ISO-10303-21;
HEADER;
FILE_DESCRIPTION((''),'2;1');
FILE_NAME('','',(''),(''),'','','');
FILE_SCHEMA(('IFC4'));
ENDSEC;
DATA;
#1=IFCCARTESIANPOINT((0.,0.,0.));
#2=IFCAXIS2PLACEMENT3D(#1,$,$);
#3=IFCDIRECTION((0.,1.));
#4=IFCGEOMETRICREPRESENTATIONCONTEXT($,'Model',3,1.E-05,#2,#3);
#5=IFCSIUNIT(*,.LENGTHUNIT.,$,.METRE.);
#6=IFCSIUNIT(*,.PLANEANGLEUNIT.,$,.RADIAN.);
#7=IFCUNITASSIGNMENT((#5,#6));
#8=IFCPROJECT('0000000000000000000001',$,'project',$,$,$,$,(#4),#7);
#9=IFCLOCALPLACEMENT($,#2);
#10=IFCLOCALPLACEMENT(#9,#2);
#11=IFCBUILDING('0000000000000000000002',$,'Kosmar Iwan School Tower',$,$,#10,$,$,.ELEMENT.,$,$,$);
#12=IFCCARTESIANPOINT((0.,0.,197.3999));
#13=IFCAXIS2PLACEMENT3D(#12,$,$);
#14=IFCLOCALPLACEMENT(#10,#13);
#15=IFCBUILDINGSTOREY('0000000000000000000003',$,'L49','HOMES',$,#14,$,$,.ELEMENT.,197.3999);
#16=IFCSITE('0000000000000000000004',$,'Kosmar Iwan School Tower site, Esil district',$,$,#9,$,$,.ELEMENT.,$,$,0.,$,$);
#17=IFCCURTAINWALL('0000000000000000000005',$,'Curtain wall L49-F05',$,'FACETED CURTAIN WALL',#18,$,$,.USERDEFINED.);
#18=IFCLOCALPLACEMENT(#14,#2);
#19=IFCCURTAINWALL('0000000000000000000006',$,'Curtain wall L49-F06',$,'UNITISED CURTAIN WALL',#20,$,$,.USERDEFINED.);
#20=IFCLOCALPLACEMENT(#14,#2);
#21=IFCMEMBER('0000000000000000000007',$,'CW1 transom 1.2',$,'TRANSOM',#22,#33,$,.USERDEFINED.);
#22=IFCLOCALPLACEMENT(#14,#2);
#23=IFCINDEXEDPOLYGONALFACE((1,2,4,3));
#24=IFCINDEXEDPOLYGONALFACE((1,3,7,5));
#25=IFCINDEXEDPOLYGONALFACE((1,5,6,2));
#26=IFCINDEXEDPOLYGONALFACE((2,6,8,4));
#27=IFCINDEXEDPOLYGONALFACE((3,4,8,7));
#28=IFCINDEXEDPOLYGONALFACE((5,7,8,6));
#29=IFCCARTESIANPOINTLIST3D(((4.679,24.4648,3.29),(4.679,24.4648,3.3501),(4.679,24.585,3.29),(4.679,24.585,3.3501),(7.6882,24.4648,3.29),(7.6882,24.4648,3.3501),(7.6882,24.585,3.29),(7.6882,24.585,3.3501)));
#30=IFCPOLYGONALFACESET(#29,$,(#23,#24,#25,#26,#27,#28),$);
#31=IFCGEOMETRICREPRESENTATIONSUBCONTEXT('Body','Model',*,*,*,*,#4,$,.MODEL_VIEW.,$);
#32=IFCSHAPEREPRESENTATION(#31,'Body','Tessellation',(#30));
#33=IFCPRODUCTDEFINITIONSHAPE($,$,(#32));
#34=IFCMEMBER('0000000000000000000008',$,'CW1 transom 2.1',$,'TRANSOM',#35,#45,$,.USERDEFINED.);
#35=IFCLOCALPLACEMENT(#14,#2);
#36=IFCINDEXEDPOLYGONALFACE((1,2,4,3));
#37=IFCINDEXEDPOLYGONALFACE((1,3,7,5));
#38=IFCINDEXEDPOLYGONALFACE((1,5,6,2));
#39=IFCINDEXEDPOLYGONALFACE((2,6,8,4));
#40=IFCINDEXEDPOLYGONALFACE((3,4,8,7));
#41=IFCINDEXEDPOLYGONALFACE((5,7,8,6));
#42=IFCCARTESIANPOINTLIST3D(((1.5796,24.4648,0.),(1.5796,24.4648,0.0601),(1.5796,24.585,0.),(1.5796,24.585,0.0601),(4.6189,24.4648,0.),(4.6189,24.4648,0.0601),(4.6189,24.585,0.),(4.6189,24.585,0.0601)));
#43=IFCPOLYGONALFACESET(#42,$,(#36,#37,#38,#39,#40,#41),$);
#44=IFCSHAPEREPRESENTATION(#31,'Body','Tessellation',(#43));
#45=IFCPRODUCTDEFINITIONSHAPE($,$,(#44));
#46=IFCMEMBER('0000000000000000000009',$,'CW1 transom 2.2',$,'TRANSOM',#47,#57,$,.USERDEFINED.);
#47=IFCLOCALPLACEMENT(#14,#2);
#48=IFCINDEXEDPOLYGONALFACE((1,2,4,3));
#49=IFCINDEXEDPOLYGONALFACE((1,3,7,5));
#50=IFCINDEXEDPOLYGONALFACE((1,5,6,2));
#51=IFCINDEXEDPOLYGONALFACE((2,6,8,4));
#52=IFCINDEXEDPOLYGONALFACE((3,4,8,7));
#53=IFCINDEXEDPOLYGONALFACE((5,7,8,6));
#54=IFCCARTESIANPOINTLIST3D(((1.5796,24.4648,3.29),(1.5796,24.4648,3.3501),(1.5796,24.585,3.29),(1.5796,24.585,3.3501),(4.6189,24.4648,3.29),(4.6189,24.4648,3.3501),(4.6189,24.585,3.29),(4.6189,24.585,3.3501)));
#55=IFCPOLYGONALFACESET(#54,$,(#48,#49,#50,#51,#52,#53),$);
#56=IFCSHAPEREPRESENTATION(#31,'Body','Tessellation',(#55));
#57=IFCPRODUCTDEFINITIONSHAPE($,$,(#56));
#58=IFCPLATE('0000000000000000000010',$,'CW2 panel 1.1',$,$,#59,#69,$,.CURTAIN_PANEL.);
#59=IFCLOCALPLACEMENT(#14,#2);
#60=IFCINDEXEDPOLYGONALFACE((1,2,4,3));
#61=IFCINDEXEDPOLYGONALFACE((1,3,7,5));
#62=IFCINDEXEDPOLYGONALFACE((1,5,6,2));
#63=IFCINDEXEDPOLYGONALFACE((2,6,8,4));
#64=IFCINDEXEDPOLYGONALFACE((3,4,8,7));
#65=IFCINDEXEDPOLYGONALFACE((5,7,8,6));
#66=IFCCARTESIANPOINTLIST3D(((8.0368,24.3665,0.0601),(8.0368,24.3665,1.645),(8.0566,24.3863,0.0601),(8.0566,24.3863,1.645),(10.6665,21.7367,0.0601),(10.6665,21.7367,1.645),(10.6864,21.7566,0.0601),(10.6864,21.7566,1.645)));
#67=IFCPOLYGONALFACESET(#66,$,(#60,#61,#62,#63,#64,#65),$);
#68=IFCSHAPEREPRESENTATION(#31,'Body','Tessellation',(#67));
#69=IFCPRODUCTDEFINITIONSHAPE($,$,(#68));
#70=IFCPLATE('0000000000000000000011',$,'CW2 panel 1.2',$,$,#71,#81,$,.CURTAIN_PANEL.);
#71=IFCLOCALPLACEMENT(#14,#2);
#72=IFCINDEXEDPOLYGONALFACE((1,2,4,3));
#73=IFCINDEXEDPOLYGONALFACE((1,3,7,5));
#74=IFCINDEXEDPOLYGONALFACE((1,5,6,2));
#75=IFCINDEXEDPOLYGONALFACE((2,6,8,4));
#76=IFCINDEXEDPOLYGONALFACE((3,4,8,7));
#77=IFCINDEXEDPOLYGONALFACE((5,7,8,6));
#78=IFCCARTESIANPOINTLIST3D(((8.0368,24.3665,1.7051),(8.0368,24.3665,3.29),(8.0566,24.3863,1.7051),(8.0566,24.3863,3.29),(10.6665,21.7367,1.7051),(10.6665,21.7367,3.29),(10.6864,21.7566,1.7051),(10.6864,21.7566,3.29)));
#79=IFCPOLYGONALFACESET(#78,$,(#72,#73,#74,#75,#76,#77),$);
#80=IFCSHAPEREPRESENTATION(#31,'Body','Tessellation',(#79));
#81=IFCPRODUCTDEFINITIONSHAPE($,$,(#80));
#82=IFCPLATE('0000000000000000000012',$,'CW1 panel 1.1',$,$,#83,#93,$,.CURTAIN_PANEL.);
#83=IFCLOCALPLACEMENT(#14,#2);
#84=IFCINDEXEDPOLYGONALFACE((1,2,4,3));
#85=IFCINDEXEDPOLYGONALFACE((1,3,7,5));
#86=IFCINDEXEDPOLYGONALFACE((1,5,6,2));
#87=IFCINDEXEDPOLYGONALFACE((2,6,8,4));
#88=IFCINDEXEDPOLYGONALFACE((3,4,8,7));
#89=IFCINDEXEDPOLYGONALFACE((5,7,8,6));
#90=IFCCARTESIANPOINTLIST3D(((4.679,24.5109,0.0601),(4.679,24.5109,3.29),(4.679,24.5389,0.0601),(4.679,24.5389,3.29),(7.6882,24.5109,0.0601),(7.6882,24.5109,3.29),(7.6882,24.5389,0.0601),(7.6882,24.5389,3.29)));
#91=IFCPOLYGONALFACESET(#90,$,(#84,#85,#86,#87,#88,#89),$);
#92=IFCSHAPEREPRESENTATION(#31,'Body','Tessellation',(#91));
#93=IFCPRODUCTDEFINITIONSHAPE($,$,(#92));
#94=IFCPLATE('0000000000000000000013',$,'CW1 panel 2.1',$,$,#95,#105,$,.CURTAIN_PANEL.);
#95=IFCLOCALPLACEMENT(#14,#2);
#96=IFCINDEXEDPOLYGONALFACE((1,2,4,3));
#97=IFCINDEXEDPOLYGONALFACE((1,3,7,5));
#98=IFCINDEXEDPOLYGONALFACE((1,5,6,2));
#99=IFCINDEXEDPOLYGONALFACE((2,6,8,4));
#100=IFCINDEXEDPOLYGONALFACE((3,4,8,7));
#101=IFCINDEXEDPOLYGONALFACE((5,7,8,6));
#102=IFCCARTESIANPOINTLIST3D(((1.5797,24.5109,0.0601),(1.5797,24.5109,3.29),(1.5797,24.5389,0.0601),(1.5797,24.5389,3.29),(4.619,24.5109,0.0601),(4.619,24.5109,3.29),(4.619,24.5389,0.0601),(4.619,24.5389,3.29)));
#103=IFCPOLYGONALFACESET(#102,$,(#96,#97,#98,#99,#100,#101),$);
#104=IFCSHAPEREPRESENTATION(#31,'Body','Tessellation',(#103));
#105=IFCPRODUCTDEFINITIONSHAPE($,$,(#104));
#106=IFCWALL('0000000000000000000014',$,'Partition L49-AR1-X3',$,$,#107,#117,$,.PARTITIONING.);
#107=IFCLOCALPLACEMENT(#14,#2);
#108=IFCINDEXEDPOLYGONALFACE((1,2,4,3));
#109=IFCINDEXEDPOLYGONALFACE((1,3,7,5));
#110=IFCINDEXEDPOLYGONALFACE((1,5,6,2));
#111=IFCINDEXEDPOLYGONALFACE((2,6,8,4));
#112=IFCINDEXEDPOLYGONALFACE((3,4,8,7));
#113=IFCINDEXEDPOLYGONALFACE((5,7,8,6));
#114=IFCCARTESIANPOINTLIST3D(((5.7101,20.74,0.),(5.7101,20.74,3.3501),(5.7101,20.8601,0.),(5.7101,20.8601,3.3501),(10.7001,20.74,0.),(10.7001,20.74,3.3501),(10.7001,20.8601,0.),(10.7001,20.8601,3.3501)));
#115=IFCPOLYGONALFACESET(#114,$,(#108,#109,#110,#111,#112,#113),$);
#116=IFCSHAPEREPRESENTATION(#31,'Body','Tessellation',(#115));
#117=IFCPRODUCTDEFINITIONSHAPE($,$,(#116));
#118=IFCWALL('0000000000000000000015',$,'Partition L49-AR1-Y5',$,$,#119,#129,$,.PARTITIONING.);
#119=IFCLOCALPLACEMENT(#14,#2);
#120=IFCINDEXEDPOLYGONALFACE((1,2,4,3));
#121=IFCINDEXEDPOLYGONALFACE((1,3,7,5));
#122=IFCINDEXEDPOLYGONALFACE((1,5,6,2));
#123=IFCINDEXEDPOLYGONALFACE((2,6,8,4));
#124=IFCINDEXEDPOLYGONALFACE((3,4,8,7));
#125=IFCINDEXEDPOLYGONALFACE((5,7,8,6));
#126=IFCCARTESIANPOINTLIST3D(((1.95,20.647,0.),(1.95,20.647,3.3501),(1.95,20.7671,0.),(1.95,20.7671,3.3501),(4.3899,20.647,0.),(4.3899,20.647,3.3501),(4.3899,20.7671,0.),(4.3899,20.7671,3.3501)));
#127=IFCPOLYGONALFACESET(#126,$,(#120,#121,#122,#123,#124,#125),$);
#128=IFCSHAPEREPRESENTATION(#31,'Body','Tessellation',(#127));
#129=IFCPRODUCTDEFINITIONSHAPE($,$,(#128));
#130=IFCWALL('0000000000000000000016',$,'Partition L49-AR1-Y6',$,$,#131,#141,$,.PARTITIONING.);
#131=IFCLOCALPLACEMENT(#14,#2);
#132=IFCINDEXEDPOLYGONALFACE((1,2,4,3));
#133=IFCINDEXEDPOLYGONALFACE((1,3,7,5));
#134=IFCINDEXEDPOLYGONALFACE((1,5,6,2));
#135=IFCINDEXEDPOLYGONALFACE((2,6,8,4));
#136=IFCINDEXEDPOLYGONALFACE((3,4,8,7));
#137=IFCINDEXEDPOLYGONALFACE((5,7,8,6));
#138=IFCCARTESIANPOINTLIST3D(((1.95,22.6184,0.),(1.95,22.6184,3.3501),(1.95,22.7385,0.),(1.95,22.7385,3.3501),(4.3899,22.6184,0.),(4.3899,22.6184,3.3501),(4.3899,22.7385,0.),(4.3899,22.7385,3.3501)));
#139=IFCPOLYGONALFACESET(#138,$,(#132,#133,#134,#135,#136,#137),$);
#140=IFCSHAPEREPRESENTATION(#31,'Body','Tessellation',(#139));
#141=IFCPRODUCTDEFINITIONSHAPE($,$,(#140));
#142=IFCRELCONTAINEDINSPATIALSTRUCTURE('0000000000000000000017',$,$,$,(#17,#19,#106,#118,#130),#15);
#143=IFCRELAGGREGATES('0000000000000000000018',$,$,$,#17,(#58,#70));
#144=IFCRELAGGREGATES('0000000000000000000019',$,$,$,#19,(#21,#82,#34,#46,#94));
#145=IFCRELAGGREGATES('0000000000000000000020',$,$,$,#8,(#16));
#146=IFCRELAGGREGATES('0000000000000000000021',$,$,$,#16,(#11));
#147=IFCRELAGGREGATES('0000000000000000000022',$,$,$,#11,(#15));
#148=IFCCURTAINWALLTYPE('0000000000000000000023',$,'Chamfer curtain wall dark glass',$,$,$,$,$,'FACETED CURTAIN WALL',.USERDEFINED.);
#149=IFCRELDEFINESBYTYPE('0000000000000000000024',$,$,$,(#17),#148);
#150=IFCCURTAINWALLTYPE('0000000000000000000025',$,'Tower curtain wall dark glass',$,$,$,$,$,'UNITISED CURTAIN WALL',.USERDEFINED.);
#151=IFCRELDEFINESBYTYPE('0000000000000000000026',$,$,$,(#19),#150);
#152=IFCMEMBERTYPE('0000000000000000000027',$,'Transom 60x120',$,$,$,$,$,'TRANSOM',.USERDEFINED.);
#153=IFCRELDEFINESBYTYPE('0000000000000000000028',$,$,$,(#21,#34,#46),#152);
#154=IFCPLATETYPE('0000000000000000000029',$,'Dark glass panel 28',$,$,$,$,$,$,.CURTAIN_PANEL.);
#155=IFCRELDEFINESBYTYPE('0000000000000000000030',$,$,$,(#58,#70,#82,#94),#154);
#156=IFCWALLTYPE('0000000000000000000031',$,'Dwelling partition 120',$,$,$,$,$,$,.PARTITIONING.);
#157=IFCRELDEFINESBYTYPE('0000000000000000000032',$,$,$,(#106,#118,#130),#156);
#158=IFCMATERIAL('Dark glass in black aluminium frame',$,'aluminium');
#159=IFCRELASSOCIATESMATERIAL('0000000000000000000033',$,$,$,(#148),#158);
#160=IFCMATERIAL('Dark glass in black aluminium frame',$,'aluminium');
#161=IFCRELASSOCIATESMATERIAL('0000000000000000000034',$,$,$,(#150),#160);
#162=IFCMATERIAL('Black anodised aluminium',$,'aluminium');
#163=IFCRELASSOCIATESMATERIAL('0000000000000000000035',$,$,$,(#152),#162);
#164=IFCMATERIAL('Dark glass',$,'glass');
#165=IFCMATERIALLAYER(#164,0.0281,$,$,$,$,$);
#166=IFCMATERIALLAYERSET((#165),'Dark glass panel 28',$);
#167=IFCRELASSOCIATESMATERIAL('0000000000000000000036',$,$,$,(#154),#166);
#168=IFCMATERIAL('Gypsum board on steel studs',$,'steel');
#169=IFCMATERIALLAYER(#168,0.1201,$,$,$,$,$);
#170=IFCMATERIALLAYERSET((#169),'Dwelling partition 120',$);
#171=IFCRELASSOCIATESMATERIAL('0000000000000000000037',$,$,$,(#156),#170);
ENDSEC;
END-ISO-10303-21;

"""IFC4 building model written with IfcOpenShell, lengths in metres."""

from ifc_helpers import new_model, si_unit, direction, frame, frame_2d, origin, origin_2d, place, context, subcontext, project, spatial, rectangle, extrude, material, layer, layer_set, material_profile, profile_set, type_object, element, aggregate, save


model = new_model("IFC4")

# Units and contexts
model_context = context("Model", 3, precision=1e-05, world=origin(), true_north=direction((0.0, 1.0)))
body_context = subcontext(model_context, "Body", "Model", "MODEL_VIEW")
ifc_project = project(units=[si_unit("LENGTHUNIT", "METRE"), si_unit("PLANEANGLEUNIT", "RADIAN")], contexts=[model_context])

# Site, building, storey
site_placement = place(None, origin())
site = spatial("IfcSite", under=ifc_project, at=site_placement, Name="Kosmar Iwan School Tower site, Esil district", CompositionType="ELEMENT", RefElevation=0.0)
building_placement = place(site_placement, origin())
building = spatial("IfcBuilding", under=site, at=building_placement, Name="Kosmar Iwan School Tower", CompositionType="ELEMENT")
storey_placement = place(building_placement, frame((0.0, 0.0, 197.3999)))
storey = spatial("IfcBuildingStorey", under=building, at=storey_placement, Name="L49", Description="HOMES", CompositionType="ELEMENT", Elevation=197.3999)

# Curtain walls
ifc_material_1 = material(Name="Dark glass in black aluminium frame", Category="aluminium")
curtain_wall_type_1 = type_object("IfcCurtainWallType", Name="Chamfer curtain wall dark glass", ElementType="FACETED CURTAIN WALL", PredefinedType="USERDEFINED", material=ifc_material_1)
curtain_wall_1_placement = place(storey_placement, origin())
curtain_wall_1 = element("IfcCurtainWall", 1, at=curtain_wall_1_placement, inside=storey, type_object=curtain_wall_type_1, Name="Curtain wall L49-F05", ObjectType="FACETED CURTAIN WALL", PredefinedType="USERDEFINED")
ifc_material_2 = material(Name="Dark glass in black aluminium frame", Category="aluminium")
curtain_wall_type_2 = type_object("IfcCurtainWallType", Name="Tower curtain wall dark glass", ElementType="UNITISED CURTAIN WALL", PredefinedType="USERDEFINED", material=ifc_material_2)
curtain_wall_2_placement = place(storey_placement, origin())
curtain_wall_2 = element("IfcCurtainWall", 2, at=curtain_wall_2_placement, inside=storey, type_object=curtain_wall_type_2, Name="Curtain wall L49-F06", ObjectType="UNITISED CURTAIN WALL", PredefinedType="USERDEFINED")

# Members
ifc_material_3 = material(Name="Black anodised aluminium", Category="aluminium")
ifc_material_profile_1 = material_profile(ifc_material_3, rectangle(XDim=0.1201, YDim=0.0601, at=origin_2d()), Name="TRANSOM 60x120")
ifc_profile_set_1 = profile_set([ifc_material_profile_1], Name="Black anodised aluminium")
member_type_1 = type_object("IfcMemberType", Name="Transom 60x120", ElementType="TRANSOM", PredefinedType="USERDEFINED", material=ifc_profile_set_1)
member_1_placement = place(storey_placement, frame((7.6882, 24.5249, 3.3201), z_axis=(-1.0, 0.0, 0.0), x_axis=(0.0, -1.0, 0.0)))
member_1 = element("IfcMember", 3, at=member_1_placement, type_object=member_type_1, Name="CW1 transom 1.2", ObjectType="TRANSOM", PredefinedType="USERDEFINED", context=body_context, shape_type="SweptSolid", body=[
    extrude(rectangle(XDim=0.1201, YDim=0.0601, at=origin_2d()), origin(), (0.0, 0.0, 1.0), 3.0093),
])
member_2_placement = place(storey_placement, frame((4.6189, 24.5249, 0.03), z_axis=(-1.0, 0.0, 0.0), x_axis=(0.0, -1.0, 0.0)))
member_2 = element("IfcMember", 4, at=member_2_placement, type_object=member_type_1, Name="CW1 transom 2.1", ObjectType="TRANSOM", PredefinedType="USERDEFINED", context=body_context, shape_type="SweptSolid", body=[
    extrude(rectangle(XDim=0.1201, YDim=0.0601, at=origin_2d()), origin(), (0.0, 0.0, 1.0), 3.0393),
])
member_3_placement = place(storey_placement, frame((4.6189, 24.5249, 3.3201), z_axis=(-1.0, 0.0, 0.0), x_axis=(0.0, -1.0, 0.0)))
member_3 = element("IfcMember", 5, at=member_3_placement, type_object=member_type_1, Name="CW1 transom 2.2", ObjectType="TRANSOM", PredefinedType="USERDEFINED", context=body_context, shape_type="SweptSolid", body=[
    extrude(rectangle(XDim=0.1201, YDim=0.0601, at=origin_2d()), origin(), (0.0, 0.0, 1.0), 3.0393),
])

# Plates
ifc_material_4 = material(Name="Dark glass", Category="glass")
ifc_layer_1 = layer(ifc_material_4, 0.0281)
ifc_layer_set_1 = layer_set([ifc_layer_1], Name="Dark glass panel 28")
plate_type = type_object("IfcPlateType", Name="Dark glass panel 28", PredefinedType="CURTAIN_PANEL", material=ifc_layer_set_1)
plate_1_placement = place(storey_placement, frame((9.3616, 23.0615, 0.0601), z_axis=(0.0, 0.0, 1.0), x_axis=(-0.707107, 0.707107, 0.0)))
plate_1 = element("IfcPlate", 6, at=plate_1_placement, type_object=plate_type, Name="CW2 panel 1.1", PredefinedType="CURTAIN_PANEL", context=body_context, shape_type="SweptSolid", body=[
    extrude(rectangle(XDim=3.719, YDim=0.0281, at=origin_2d()), origin(), (0.0, 0.0, 1.0), 1.585),
])
plate_2_placement = place(storey_placement, frame((9.3616, 23.0615, 1.7051), z_axis=(0.0, 0.0, 1.0), x_axis=(-0.707107, 0.707107, 0.0)))
plate_2 = element("IfcPlate", 7, at=plate_2_placement, type_object=plate_type, Name="CW2 panel 1.2", PredefinedType="CURTAIN_PANEL", context=body_context, shape_type="SweptSolid", body=[
    extrude(rectangle(XDim=3.719, YDim=0.0281, at=origin_2d()), origin(), (0.0, 0.0, 1.0), 1.585),
])
aggregate(curtain_wall_1, [plate_1, plate_2])
plate_3_placement = place(storey_placement, frame((6.1836, 24.5249, 0.0601), z_axis=(0.0, 0.0, 1.0), x_axis=(-1.0, 0.0, 0.0)))
plate_3 = element("IfcPlate", 8, at=plate_3_placement, type_object=plate_type, Name="CW1 panel 1.1", PredefinedType="CURTAIN_PANEL", context=body_context, shape_type="SweptSolid", body=[
    extrude(rectangle(XDim=3.0093, YDim=0.0281, at=origin_2d()), origin(), (0.0, 0.0, 1.0), 3.23),
])
plate_4_placement = place(storey_placement, frame((3.0994, 24.5249, 0.0601), z_axis=(0.0, 0.0, 1.0), x_axis=(-1.0, 0.0, 0.0)))
plate_4 = element("IfcPlate", 9, at=plate_4_placement, type_object=plate_type, Name="CW1 panel 2.1", PredefinedType="CURTAIN_PANEL", context=body_context, shape_type="SweptSolid", body=[
    extrude(rectangle(XDim=3.0393, YDim=0.0281, at=origin_2d()), origin(), (0.0, 0.0, 1.0), 3.23),
])
aggregate(curtain_wall_2, [member_1, plate_3, member_2, member_3, plate_4])

# Walls
ifc_material_5 = material(Name="Gypsum board on steel studs", Category="steel")
ifc_layer_2 = layer(ifc_material_5, 0.1201)
ifc_layer_set_2 = layer_set([ifc_layer_2], Name="Dwelling partition 120")
wall_type = type_object("IfcWallType", Name="Dwelling partition 120", PredefinedType="PARTITIONING", material=ifc_layer_set_2)
wall_placement = place(storey_placement, frame((5.71, 20.8, 0.0), z_axis=(0.0, 0.0, 1.0), x_axis=(1.0, 0.0, 0.0)))
element("IfcWall", 10, at=wall_placement, inside=storey, type_object=wall_type, Name="Partition L49-AR1-X3", PredefinedType="PARTITIONING", context=body_context, shape_type="SweptSolid", body=[
    extrude(rectangle(XDim=4.99, YDim=0.1201, at=frame_2d((2.4951, 0.0))), origin(), (0.0, 0.0, 1.0), 3.3501),
])
for number, where, z_axis, x_axis, name in (
    (11, (1.95, 20.707, 0.0), (0.0, 0.0, 1.0), (1.0, 0.0, 0.0), "Partition L49-AR1-Y5"),
    (12, (1.95, 22.6785, 0.0), (0.0, 0.0, 1.0), (1.0, 0.0, 0.0), "Partition L49-AR1-Y6"),
):
    element("IfcWall", number, at=place(storey_placement, frame(where, z_axis=z_axis, x_axis=x_axis)), inside=storey, type_object=wall_type, Name=name, PredefinedType="PARTITIONING", context=body_context, shape_type="SweptSolid", body=[
        extrude(rectangle(XDim=2.4399, YDim=0.1201, at=frame_2d((1.22, 0.0))), origin(), (0.0, 0.0, 1.0), 3.3501),
    ])

save(model, "model.ifc")
